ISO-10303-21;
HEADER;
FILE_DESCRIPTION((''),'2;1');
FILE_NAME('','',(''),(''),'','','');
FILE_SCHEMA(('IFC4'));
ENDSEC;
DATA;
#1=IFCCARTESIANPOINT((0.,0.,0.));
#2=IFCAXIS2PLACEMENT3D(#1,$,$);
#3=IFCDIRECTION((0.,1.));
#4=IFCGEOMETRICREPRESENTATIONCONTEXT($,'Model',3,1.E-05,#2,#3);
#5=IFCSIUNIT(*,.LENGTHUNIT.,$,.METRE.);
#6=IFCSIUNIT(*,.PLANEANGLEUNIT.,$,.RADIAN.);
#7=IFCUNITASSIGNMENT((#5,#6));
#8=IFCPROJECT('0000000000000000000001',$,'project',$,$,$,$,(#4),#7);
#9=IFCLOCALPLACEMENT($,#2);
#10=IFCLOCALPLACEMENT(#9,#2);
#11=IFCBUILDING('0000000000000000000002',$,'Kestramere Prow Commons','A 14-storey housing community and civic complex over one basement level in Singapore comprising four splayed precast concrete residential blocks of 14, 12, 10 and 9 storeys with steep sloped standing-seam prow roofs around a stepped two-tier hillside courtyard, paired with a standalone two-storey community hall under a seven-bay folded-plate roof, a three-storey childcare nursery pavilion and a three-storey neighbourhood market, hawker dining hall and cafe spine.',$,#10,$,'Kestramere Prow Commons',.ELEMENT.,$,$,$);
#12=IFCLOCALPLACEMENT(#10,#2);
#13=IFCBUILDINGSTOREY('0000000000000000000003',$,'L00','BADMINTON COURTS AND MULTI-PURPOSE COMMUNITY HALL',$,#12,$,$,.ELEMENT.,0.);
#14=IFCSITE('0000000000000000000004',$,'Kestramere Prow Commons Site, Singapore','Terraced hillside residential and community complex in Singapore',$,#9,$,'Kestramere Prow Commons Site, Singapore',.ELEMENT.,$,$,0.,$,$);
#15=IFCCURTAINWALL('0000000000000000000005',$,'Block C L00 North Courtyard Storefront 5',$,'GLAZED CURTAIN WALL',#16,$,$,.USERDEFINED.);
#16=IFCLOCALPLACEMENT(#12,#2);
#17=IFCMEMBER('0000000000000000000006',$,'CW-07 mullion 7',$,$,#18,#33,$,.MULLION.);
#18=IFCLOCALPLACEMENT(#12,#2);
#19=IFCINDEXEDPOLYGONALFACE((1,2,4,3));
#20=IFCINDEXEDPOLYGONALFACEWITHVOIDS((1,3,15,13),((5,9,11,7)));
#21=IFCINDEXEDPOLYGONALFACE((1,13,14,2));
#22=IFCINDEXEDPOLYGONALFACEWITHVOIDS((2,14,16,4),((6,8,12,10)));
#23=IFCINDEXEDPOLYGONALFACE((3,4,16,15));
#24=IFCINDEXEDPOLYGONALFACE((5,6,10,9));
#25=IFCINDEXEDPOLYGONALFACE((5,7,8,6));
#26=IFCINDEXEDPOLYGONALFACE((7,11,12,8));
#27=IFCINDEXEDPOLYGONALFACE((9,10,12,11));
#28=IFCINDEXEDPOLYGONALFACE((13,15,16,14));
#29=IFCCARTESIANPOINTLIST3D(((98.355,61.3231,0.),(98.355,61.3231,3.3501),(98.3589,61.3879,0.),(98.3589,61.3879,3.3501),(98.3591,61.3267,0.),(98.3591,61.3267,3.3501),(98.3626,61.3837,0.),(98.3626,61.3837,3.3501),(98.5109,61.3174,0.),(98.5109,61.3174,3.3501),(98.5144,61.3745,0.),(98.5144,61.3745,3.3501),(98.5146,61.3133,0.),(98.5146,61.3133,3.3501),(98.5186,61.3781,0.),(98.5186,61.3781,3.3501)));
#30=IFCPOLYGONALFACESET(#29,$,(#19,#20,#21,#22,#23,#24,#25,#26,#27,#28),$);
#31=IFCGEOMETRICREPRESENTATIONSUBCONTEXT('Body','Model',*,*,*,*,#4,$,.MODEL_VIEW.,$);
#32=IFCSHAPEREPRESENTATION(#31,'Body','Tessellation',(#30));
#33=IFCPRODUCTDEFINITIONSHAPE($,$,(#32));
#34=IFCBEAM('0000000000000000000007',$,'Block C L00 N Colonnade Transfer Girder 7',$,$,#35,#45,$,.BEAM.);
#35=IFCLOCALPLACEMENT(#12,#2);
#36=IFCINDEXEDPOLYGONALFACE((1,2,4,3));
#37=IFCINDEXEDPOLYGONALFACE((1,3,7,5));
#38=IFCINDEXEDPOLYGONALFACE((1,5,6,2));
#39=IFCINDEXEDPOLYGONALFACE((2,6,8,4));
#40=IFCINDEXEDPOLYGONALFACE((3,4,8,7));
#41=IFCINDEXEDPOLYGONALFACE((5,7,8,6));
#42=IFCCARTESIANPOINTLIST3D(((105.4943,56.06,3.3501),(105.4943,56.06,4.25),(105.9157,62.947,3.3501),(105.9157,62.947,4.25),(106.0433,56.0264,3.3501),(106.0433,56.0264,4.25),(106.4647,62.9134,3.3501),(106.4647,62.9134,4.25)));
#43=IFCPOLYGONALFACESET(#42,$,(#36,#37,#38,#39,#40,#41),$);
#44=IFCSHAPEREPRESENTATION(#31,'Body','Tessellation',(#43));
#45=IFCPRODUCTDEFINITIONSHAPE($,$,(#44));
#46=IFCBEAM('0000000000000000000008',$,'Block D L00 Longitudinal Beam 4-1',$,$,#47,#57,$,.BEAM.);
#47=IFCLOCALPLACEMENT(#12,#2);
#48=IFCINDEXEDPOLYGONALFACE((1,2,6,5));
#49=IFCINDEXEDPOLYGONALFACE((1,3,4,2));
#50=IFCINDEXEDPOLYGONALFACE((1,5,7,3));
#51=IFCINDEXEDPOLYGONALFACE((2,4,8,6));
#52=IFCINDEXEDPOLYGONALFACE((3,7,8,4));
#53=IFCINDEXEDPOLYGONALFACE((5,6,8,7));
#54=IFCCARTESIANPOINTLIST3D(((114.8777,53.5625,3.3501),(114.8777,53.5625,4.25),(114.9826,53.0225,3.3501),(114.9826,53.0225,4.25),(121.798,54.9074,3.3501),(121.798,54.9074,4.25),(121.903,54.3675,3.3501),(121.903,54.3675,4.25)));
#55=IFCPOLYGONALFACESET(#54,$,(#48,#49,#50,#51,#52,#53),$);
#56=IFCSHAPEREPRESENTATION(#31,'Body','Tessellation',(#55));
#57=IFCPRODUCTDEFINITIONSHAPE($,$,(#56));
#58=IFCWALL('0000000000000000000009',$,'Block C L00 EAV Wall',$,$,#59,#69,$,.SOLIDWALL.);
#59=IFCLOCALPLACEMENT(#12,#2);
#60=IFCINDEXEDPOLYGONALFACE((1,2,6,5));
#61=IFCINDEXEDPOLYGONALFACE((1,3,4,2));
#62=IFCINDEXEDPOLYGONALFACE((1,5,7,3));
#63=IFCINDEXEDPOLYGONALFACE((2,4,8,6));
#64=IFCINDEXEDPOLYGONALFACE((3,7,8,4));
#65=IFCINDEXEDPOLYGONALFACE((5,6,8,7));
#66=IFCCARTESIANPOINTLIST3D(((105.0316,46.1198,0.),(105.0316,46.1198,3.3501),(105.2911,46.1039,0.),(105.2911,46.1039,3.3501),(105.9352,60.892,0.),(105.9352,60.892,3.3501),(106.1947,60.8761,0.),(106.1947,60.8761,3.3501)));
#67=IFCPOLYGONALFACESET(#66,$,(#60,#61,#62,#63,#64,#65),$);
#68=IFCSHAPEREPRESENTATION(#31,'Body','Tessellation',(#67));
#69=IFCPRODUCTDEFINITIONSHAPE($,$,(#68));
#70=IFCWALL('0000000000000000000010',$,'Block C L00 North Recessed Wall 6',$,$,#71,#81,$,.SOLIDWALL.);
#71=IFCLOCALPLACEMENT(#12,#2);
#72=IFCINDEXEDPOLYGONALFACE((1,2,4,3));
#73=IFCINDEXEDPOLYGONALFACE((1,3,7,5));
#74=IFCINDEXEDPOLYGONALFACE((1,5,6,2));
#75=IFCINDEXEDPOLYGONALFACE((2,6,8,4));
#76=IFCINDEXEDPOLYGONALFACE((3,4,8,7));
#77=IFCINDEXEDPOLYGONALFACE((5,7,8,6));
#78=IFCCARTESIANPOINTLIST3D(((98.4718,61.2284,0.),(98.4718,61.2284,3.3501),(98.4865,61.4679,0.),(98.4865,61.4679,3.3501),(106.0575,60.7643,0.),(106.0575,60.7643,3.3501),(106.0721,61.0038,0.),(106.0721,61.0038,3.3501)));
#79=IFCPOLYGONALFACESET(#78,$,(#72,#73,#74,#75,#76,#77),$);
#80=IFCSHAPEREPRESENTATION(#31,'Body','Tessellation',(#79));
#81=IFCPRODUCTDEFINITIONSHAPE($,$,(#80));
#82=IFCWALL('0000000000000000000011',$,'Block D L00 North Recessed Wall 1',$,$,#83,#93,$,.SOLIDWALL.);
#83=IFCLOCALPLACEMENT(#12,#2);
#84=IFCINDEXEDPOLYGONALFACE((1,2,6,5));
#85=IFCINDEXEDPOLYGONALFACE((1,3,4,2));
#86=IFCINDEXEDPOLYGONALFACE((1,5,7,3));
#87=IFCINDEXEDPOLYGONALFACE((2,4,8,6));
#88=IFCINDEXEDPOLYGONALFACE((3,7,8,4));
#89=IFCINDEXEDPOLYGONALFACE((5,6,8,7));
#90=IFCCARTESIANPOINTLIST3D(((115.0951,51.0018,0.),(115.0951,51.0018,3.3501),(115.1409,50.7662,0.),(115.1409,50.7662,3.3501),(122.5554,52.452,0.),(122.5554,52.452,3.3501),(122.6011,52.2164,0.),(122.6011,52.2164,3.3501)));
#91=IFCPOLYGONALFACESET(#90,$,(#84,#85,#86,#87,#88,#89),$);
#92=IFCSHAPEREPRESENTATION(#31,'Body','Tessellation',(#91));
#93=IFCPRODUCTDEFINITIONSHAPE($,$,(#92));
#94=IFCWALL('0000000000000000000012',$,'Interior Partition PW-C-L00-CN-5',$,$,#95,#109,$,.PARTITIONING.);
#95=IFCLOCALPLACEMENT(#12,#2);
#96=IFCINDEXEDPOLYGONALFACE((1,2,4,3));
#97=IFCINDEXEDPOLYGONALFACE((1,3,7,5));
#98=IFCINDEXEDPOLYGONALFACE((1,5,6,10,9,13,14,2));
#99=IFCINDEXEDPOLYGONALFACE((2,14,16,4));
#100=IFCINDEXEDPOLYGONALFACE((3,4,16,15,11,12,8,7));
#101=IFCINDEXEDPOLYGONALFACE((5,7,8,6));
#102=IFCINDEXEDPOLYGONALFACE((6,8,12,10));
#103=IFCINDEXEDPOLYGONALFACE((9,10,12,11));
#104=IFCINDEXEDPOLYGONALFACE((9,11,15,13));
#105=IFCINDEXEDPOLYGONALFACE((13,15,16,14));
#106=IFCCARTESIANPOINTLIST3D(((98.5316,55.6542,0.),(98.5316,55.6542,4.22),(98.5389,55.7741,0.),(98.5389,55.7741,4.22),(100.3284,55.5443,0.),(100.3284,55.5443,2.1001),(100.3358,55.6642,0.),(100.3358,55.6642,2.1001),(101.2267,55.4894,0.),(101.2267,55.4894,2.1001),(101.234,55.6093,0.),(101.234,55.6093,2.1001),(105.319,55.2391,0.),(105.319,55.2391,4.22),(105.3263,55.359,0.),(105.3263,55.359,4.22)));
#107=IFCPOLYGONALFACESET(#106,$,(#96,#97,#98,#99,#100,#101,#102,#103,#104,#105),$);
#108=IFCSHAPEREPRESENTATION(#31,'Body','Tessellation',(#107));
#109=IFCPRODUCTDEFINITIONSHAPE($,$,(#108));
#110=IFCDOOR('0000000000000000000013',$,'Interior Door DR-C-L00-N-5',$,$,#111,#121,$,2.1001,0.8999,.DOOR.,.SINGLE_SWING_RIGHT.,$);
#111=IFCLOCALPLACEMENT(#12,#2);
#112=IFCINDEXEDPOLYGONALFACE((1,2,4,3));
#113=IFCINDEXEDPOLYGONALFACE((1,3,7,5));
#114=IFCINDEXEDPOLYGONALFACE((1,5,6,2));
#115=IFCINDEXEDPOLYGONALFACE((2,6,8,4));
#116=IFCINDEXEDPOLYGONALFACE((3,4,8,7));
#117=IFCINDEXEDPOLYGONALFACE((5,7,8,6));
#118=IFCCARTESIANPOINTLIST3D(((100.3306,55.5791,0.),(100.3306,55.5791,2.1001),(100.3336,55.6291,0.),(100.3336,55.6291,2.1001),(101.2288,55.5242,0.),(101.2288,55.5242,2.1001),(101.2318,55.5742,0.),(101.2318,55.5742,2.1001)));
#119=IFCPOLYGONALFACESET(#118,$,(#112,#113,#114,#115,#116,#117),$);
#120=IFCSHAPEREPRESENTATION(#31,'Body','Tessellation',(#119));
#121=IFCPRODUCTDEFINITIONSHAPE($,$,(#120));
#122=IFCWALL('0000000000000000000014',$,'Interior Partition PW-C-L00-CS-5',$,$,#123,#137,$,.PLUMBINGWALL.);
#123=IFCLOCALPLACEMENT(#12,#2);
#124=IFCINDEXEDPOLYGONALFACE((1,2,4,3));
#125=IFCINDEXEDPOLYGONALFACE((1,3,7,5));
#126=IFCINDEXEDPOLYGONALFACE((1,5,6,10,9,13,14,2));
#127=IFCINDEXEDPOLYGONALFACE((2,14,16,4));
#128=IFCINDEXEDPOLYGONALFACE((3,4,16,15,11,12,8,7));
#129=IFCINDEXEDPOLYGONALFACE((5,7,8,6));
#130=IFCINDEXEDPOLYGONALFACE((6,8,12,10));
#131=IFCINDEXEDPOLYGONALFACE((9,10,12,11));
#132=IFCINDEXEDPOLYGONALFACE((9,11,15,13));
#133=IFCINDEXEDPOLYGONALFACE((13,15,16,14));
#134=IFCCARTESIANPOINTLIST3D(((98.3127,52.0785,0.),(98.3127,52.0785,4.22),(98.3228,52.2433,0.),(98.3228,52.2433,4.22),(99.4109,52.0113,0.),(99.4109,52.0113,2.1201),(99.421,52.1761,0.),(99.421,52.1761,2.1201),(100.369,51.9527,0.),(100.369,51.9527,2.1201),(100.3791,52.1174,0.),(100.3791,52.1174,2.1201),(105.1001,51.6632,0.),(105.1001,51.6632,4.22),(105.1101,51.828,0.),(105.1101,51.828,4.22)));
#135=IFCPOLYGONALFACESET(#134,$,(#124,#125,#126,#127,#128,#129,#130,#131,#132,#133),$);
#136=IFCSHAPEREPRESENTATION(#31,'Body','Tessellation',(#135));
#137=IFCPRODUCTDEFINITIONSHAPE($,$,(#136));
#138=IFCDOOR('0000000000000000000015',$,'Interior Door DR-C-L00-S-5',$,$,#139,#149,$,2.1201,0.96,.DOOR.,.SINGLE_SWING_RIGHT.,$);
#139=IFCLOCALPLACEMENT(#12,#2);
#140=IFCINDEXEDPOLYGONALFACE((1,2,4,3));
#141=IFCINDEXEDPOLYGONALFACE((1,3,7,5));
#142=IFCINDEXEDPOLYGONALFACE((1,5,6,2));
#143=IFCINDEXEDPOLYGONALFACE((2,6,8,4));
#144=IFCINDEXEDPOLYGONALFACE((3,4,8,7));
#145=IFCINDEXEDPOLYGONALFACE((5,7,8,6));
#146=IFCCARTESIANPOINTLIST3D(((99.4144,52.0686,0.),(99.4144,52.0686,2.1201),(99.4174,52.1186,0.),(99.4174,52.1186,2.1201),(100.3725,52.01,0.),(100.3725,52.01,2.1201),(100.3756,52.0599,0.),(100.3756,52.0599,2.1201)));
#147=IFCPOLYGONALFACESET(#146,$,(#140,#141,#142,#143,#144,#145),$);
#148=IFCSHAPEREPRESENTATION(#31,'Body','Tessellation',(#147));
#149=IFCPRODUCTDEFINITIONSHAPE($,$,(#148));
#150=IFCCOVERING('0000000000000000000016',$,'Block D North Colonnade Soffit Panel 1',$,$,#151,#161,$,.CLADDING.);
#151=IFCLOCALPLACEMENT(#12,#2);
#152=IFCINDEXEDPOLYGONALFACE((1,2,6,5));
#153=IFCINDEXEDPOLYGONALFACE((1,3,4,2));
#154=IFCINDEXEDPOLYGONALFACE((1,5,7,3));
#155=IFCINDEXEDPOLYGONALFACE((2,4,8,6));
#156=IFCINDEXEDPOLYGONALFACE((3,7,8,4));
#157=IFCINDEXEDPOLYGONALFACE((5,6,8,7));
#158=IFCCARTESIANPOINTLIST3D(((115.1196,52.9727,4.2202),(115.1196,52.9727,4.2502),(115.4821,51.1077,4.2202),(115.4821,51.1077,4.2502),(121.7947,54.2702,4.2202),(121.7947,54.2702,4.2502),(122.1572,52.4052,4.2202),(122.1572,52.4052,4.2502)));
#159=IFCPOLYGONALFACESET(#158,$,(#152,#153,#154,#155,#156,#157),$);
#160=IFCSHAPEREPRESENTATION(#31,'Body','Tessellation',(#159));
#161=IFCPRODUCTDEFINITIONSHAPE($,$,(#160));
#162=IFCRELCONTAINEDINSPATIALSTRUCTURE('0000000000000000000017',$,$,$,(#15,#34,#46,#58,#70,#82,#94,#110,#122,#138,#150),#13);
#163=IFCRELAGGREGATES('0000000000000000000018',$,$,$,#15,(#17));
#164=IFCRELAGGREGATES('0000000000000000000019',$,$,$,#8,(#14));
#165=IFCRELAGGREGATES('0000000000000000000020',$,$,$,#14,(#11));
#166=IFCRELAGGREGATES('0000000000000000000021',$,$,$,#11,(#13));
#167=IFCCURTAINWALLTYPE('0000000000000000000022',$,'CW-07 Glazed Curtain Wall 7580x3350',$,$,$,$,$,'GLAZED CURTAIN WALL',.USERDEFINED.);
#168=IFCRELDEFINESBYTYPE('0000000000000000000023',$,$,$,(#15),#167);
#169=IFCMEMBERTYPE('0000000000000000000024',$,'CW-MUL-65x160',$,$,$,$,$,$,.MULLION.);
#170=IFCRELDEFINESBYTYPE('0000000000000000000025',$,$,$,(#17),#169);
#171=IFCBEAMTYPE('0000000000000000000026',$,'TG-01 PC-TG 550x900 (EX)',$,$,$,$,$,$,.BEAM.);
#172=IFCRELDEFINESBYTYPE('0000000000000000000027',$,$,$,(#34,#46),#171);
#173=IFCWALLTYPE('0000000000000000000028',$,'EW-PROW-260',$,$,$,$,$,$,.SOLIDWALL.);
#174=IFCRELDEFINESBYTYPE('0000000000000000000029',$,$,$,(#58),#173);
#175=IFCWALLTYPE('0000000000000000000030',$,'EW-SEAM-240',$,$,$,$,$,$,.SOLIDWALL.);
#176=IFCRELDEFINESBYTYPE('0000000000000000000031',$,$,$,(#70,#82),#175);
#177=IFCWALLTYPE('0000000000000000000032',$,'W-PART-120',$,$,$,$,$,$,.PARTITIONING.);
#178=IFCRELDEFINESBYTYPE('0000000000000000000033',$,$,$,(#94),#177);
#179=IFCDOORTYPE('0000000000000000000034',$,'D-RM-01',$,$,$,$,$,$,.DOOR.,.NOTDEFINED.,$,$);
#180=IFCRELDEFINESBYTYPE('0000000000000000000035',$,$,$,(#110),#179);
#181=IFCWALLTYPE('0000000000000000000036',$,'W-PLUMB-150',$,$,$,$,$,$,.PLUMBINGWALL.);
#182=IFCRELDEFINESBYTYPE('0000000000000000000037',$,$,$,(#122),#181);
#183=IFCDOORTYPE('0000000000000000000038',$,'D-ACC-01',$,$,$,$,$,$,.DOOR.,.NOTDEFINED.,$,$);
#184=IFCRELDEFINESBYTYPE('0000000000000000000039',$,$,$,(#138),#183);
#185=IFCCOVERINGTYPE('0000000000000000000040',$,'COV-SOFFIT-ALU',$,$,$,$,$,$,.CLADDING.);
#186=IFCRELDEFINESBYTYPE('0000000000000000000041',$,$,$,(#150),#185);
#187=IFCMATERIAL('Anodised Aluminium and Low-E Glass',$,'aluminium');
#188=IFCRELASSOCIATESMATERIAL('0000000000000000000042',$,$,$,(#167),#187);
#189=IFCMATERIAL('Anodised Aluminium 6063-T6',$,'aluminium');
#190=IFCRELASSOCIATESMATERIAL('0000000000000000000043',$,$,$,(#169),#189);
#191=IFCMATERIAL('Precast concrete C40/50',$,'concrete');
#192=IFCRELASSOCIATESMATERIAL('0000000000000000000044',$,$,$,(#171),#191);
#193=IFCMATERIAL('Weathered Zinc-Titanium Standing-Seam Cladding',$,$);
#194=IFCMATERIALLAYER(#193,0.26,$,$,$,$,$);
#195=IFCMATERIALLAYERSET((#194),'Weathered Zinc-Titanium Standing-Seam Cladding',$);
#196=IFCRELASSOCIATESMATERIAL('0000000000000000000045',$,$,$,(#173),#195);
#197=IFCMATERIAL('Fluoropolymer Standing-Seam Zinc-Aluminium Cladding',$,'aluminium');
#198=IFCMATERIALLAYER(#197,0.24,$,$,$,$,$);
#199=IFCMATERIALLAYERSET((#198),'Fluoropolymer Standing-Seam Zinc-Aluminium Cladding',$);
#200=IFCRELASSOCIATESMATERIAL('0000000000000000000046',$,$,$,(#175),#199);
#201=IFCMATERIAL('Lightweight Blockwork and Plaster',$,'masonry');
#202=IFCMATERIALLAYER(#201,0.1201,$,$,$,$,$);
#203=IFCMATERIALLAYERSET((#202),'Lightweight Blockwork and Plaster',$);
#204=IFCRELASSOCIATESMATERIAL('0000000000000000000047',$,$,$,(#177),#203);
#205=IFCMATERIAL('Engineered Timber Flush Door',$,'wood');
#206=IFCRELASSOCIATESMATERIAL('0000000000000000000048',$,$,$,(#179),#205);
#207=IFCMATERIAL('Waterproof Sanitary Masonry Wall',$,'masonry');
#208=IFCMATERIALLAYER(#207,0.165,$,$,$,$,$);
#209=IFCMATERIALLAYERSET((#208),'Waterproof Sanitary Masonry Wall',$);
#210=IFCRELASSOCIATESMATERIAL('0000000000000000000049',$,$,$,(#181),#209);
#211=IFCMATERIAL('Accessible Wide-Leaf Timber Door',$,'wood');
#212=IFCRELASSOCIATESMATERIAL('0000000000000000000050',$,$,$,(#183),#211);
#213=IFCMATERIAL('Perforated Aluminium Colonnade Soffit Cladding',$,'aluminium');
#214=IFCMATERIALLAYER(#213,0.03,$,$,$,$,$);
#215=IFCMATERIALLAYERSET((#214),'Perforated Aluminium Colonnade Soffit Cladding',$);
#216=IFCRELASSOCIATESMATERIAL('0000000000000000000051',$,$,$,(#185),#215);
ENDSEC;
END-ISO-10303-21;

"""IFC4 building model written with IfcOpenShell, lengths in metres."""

from ifc_helpers import new_model, si_unit, direction, frame, frame_2d, origin, origin_2d, place, context, subcontext, project, spatial, rectangle, hollow_rectangle, extrude, material, layer, layer_set, material_profile, profile_set, type_object, element, fill, aggregate, save


model = new_model("IFC4")

# Units and contexts
model_context = context("Model", 3, precision=1e-05, world=origin(), true_north=direction((0.0, 1.0)))
body_context = subcontext(model_context, "Body", "Model", "MODEL_VIEW")
ifc_project = project(units=[si_unit("LENGTHUNIT", "METRE"), si_unit("PLANEANGLEUNIT", "RADIAN")], contexts=[model_context])

# Site, building, storey
site_placement = place(None, origin())
site = spatial("IfcSite", under=ifc_project, at=site_placement, Name="Kestramere Prow Commons Site, Singapore", Description="Terraced hillside residential and community complex in Singapore", LongName="Kestramere Prow Commons Site, Singapore", CompositionType="ELEMENT", RefElevation=0.0)
building_placement = place(site_placement, origin())
building = spatial("IfcBuilding", under=site, at=building_placement, Name="Kestramere Prow Commons", Description="A 14-storey housing community and civic complex over one basement level in Singapore comprising four splayed precast concrete residential blocks of 14, 12, 10 and 9 storeys with steep sloped standing-seam prow roofs around a stepped two-tier hillside courtyard, paired with a standalone two-storey community hall under a seven-bay folded-plate roof, a three-storey childcare nursery pavilion and a three-storey neighbourhood market, hawker dining hall and cafe spine.", LongName="Kestramere Prow Commons", CompositionType="ELEMENT")
storey_placement = place(building_placement, origin())
storey = spatial("IfcBuildingStorey", under=building, at=storey_placement, Name="L00", Description="BADMINTON COURTS AND MULTI-PURPOSE COMMUNITY HALL", CompositionType="ELEMENT", Elevation=0.0)

# Shared definitions
ifc_material_1 = material(Name="Precast concrete C40/50", Category="concrete")

# Curtain wall, member
ifc_material_2 = material(Name="Anodised Aluminium and Low-E Glass", Category="aluminium")
curtain_wall_type = type_object("IfcCurtainWallType", Name="CW-07 Glazed Curtain Wall 7580x3350", ElementType="GLAZED CURTAIN WALL", PredefinedType="USERDEFINED", material=ifc_material_2)
curtain_wall_placement = place(storey_placement, origin())
curtain_wall = element("IfcCurtainWall", 1, at=curtain_wall_placement, inside=storey, type_object=curtain_wall_type, Name="Block C L00 North Courtyard Storefront 5", ObjectType="GLAZED CURTAIN WALL", PredefinedType="USERDEFINED")
ifc_material_3 = material(Name="Anodised Aluminium 6063-T6", Category="aluminium")
ifc_material_profile_1 = material_profile(ifc_material_3, hollow_rectangle(XDim=0.0649, YDim=0.1599, WallThickness=0.0039, at=origin_2d()), Name="ALU-MUL 65x160")
ifc_profile_set_1 = profile_set([ifc_material_profile_1], Name="Anodised Aluminium 6063-T6")
member_type = type_object("IfcMemberType", Name="CW-MUL-65x160", PredefinedType="MULLION", material=ifc_profile_set_1)
member_placement = place(storey_placement, frame((98.4368, 61.3506, 0.0), z_axis=(0.0, 0.0, 1.0), x_axis=(0.061048, 0.998135, 0.0)))
member = element("IfcMember", 2, at=member_placement, type_object=member_type, Name="CW-07 mullion 7", PredefinedType="MULLION", context=body_context, shape_type="SweptSolid", body=[
    extrude(hollow_rectangle(XDim=0.0649, YDim=0.1599, WallThickness=0.0039, at=origin_2d()), origin(), (0.0, 0.0, 1.0), 3.3501),
])
aggregate(curtain_wall, [member])

# Beams
ifc_material_profile_2 = material_profile(ifc_material_1, rectangle(XDim=0.55, YDim=0.8999, at=origin_2d()), Name="PC-TG 550x900")
ifc_profile_set_2 = profile_set([ifc_material_profile_2], Name="Precast concrete C40/50")
beam_type_1 = type_object("IfcBeamType", Name="TG-01 PC-TG 550x900 (EX)", PredefinedType="BEAM", material=ifc_profile_set_2)
beam_1_placement = place(storey_placement, frame((105.7688, 56.0432, 3.8), z_axis=(0.061072, 0.998133, 0.0), x_axis=(-0.998133, 0.061072, 0.0)))
element("IfcBeam", 3, at=beam_1_placement, inside=storey, type_object=beam_type_1, Name="Block C L00 N Colonnade Transfer Girder 7", PredefinedType="BEAM", context=body_context, shape_type="SweptSolid", body=[
    extrude(rectangle(XDim=0.55, YDim=0.8999, at=origin_2d()), origin(), (0.0, 0.0, 1.0), 6.8999),
])
beam_2_placement = place(storey_placement, frame((114.9302, 53.2925, 3.8), z_axis=(0.981633, 0.190779, 0.0), x_axis=(-0.190779, 0.981633, 0.0)))
element("IfcBeam", 4, at=beam_2_placement, inside=storey, type_object=beam_type_1, Name="Block D L00 Longitudinal Beam 4-1", PredefinedType="BEAM", context=body_context, shape_type="SweptSolid", body=[
    extrude(rectangle(XDim=0.55, YDim=0.8999, at=origin_2d()), origin(), (0.0, 0.0, 1.0), 7.0498),
])

# Walls
ifc_material_4 = material(Name="Weathered Zinc-Titanium Standing-Seam Cladding")
ifc_layer_1 = layer(ifc_material_4, 0.26)
ifc_layer_set_1 = layer_set([ifc_layer_1], Name="Weathered Zinc-Titanium Standing-Seam Cladding")
wall_type_1 = type_object("IfcWallType", Name="EW-PROW-260", PredefinedType="SOLIDWALL", material=ifc_layer_set_1)
wall_1_placement = place(storey_placement, frame((106.0649, 60.884, 0.0), z_axis=(0.0, 0.0, 1.0), x_axis=(-0.061052, -0.998135, 0.0)))
element("IfcWall", 5, at=wall_1_placement, inside=storey, type_object=wall_type_1, Name="Block C L00 EAV Wall", PredefinedType="SOLIDWALL", context=body_context, shape_type="SweptSolid", body=[
    extrude(rectangle(XDim=14.7998, YDim=0.26, at=frame_2d((7.3999, 0.0))), origin(), (0.0, 0.0, 1.0), 3.3501),
])
ifc_material_5 = material(Name="Fluoropolymer Standing-Seam Zinc-Aluminium Cladding", Category="aluminium")
ifc_layer_2 = layer(ifc_material_5, 0.24)
ifc_layer_set_2 = layer_set([ifc_layer_2], Name="Fluoropolymer Standing-Seam Zinc-Aluminium Cladding")
wall_type_2 = type_object("IfcWallType", Name="EW-SEAM-240", PredefinedType="SOLIDWALL", material=ifc_layer_set_2)
for number, where, z_axis, x_axis, name in (
    (6, (98.4792, 61.3481, 0.0), (0.0, 0.0, 1.0), (0.998134, -0.061068, 0.0), "Block C L00 North Recessed Wall 6"),
    (7, (115.1182, 50.884, 0.0), (0.0, 0.0, 1.0), (0.981625, 0.190819, 0.0), "Block D L00 North Recessed Wall 1"),
):
    element("IfcWall", number, at=place(storey_placement, frame(where, z_axis=z_axis, x_axis=x_axis)), inside=storey, type_object=wall_type_2, Name=name, PredefinedType="SOLIDWALL", context=body_context, shape_type="SweptSolid", body=[
        extrude(rectangle(XDim=7.5999, YDim=0.24, at=frame_2d((3.7998, 0.0))), origin(), (0.0, 0.0, 1.0), 3.3501),
    ])

# Walls, openings, doors
ifc_material_6 = material(Name="Lightweight Blockwork and Plaster", Category="masonry")
ifc_layer_3 = layer(ifc_material_6, 0.1201)
ifc_layer_set_3 = layer_set([ifc_layer_3], Name="Lightweight Blockwork and Plaster")
wall_type_3 = type_object("IfcWallType", Name="W-PART-120", PredefinedType="PARTITIONING", material=ifc_layer_set_3)
wall_2_placement = place(storey_placement, frame((98.5354, 55.7141, 0.0), z_axis=(0.0, 0.0, 1.0), x_axis=(0.998136, -0.061035, 0.0)))
wall_2 = element("IfcWall", 8, at=wall_2_placement, inside=storey, type_object=wall_type_3, Name="Interior Partition PW-C-L00-CN-5", PredefinedType="PARTITIONING", context=body_context, shape_type="SweptSolid", body=[
    extrude(rectangle(XDim=6.8, YDim=0.1201, at=frame_2d((3.3999, 0.0))), origin(), (0.0, 0.0, 1.0), 4.22),
])
opening_1_placement = place(wall_2_placement, frame((1.8, 0.0, 0.0)))
opening_1 = element("IfcOpeningElement", 9, at=opening_1_placement, cuts=wall_2, PredefinedType="OPENING", context=body_context, shape_type="SweptSolid", body=[
    extrude(rectangle(XDim=0.8999, YDim=2.1001, at=frame_2d((0.45, 1.05))), frame((0.0, 0.075, 0.0), z_axis=(0.0, -1.0, 0.0), x_axis=(1.0, 0.0, 0.0)), (0.0, 0.0, 1.0), 0.1501),
])
ifc_material_7 = material(Name="Engineered Timber Flush Door", Category="wood")
door_type_1 = type_object("IfcDoorType", Name="D-RM-01", OperationType="NOTDEFINED", PredefinedType="DOOR", material=ifc_material_7)
door_1_placement = place(opening_1_placement, origin())
door_1 = element("IfcDoor", 10, at=door_1_placement, inside=storey, type_object=door_type_1, Name="Interior Door DR-C-L00-N-5", OperationType="SINGLE_SWING_RIGHT", OverallHeight=2.1001, OverallWidth=0.8999, PredefinedType="DOOR", context=body_context, shape_type="SweptSolid", body=[
    extrude(rectangle(XDim=0.8999, YDim=2.1001, at=frame_2d((0.45, 1.05))), frame((0.0, 0.0249, 0.0), z_axis=(0.0, -1.0, 0.0), x_axis=(1.0, 0.0, 0.0)), (0.0, 0.0, 1.0), 0.05),
])
fill(opening_1, door_1)
ifc_material_8 = material(Name="Waterproof Sanitary Masonry Wall", Category="masonry")
ifc_layer_4 = layer(ifc_material_8, 0.165)
ifc_layer_set_4 = layer_set([ifc_layer_4], Name="Waterproof Sanitary Masonry Wall")
wall_type_4 = type_object("IfcWallType", Name="W-PLUMB-150", PredefinedType="PLUMBINGWALL", material=ifc_layer_set_4)
wall_3_placement = place(storey_placement, frame((98.3179, 52.1609, 0.0), z_axis=(0.0, 0.0, 1.0), x_axis=(0.998133, -0.061071, 0.0)))
wall_3 = element("IfcWall", 11, at=wall_3_placement, inside=storey, type_object=wall_type_4, Name="Interior Partition PW-C-L00-CS-5", PredefinedType="PLUMBINGWALL", context=body_context, shape_type="SweptSolid", body=[
    extrude(rectangle(XDim=6.8, YDim=0.165, at=frame_2d((3.3999, 0.0))), origin(), (0.0, 0.0, 1.0), 4.22),
])
opening_2_placement = place(wall_3_placement, frame((1.1001, 0.0, 0.0)))
opening_2 = element("IfcOpeningElement", 12, at=opening_2_placement, cuts=wall_3, PredefinedType="OPENING", context=body_context, shape_type="SweptSolid", body=[
    extrude(rectangle(XDim=0.96, YDim=2.1201, at=frame_2d((0.48, 1.0601))), frame((0.0, 0.0974, 0.0), z_axis=(0.0, -1.0, 0.0), x_axis=(1.0, 0.0, 0.0)), (0.0, 0.0, 1.0), 0.1951),
])
ifc_material_9 = material(Name="Accessible Wide-Leaf Timber Door", Category="wood")
door_type_2 = type_object("IfcDoorType", Name="D-ACC-01", OperationType="NOTDEFINED", PredefinedType="DOOR", material=ifc_material_9)
door_2_placement = place(opening_2_placement, origin())
door_2 = element("IfcDoor", 13, at=door_2_placement, inside=storey, type_object=door_type_2, Name="Interior Door DR-C-L00-S-5", OperationType="SINGLE_SWING_RIGHT", OverallHeight=2.1201, OverallWidth=0.96, PredefinedType="DOOR", context=body_context, shape_type="SweptSolid", body=[
    extrude(rectangle(XDim=0.96, YDim=2.1201, at=frame_2d((0.48, 1.0601))), frame((0.0, 0.0249, 0.0), z_axis=(0.0, -1.0, 0.0), x_axis=(1.0, 0.0, 0.0)), (0.0, 0.0, 1.0), 0.05),
])
fill(opening_2, door_2)

# Covering
ifc_material_10 = material(Name="Perforated Aluminium Colonnade Soffit Cladding", Category="aluminium")
ifc_layer_5 = layer(ifc_material_10, 0.03)
ifc_layer_set_5 = layer_set([ifc_layer_5], Name="Perforated Aluminium Colonnade Soffit Cladding")
covering_type = type_object("IfcCoveringType", Name="COV-SOFFIT-ALU", PredefinedType="CLADDING", material=ifc_layer_set_5)
covering_placement = place(storey_placement, frame((118.6384, 52.689, 4.2202), z_axis=(0.0, 0.0, 1.0), x_axis=(0.981627, 0.190809, 0.0)))
element("IfcCovering", 14, at=covering_placement, inside=storey, type_object=covering_type, Name="Block D North Colonnade Soffit Panel 1", PredefinedType="CLADDING", context=body_context, shape_type="SweptSolid", body=[
    extrude(rectangle(XDim=6.8, YDim=1.8999, at=origin_2d()), origin(), (0.0, 0.0, 1.0), 0.03),
])

save(model, "model.ifc")
